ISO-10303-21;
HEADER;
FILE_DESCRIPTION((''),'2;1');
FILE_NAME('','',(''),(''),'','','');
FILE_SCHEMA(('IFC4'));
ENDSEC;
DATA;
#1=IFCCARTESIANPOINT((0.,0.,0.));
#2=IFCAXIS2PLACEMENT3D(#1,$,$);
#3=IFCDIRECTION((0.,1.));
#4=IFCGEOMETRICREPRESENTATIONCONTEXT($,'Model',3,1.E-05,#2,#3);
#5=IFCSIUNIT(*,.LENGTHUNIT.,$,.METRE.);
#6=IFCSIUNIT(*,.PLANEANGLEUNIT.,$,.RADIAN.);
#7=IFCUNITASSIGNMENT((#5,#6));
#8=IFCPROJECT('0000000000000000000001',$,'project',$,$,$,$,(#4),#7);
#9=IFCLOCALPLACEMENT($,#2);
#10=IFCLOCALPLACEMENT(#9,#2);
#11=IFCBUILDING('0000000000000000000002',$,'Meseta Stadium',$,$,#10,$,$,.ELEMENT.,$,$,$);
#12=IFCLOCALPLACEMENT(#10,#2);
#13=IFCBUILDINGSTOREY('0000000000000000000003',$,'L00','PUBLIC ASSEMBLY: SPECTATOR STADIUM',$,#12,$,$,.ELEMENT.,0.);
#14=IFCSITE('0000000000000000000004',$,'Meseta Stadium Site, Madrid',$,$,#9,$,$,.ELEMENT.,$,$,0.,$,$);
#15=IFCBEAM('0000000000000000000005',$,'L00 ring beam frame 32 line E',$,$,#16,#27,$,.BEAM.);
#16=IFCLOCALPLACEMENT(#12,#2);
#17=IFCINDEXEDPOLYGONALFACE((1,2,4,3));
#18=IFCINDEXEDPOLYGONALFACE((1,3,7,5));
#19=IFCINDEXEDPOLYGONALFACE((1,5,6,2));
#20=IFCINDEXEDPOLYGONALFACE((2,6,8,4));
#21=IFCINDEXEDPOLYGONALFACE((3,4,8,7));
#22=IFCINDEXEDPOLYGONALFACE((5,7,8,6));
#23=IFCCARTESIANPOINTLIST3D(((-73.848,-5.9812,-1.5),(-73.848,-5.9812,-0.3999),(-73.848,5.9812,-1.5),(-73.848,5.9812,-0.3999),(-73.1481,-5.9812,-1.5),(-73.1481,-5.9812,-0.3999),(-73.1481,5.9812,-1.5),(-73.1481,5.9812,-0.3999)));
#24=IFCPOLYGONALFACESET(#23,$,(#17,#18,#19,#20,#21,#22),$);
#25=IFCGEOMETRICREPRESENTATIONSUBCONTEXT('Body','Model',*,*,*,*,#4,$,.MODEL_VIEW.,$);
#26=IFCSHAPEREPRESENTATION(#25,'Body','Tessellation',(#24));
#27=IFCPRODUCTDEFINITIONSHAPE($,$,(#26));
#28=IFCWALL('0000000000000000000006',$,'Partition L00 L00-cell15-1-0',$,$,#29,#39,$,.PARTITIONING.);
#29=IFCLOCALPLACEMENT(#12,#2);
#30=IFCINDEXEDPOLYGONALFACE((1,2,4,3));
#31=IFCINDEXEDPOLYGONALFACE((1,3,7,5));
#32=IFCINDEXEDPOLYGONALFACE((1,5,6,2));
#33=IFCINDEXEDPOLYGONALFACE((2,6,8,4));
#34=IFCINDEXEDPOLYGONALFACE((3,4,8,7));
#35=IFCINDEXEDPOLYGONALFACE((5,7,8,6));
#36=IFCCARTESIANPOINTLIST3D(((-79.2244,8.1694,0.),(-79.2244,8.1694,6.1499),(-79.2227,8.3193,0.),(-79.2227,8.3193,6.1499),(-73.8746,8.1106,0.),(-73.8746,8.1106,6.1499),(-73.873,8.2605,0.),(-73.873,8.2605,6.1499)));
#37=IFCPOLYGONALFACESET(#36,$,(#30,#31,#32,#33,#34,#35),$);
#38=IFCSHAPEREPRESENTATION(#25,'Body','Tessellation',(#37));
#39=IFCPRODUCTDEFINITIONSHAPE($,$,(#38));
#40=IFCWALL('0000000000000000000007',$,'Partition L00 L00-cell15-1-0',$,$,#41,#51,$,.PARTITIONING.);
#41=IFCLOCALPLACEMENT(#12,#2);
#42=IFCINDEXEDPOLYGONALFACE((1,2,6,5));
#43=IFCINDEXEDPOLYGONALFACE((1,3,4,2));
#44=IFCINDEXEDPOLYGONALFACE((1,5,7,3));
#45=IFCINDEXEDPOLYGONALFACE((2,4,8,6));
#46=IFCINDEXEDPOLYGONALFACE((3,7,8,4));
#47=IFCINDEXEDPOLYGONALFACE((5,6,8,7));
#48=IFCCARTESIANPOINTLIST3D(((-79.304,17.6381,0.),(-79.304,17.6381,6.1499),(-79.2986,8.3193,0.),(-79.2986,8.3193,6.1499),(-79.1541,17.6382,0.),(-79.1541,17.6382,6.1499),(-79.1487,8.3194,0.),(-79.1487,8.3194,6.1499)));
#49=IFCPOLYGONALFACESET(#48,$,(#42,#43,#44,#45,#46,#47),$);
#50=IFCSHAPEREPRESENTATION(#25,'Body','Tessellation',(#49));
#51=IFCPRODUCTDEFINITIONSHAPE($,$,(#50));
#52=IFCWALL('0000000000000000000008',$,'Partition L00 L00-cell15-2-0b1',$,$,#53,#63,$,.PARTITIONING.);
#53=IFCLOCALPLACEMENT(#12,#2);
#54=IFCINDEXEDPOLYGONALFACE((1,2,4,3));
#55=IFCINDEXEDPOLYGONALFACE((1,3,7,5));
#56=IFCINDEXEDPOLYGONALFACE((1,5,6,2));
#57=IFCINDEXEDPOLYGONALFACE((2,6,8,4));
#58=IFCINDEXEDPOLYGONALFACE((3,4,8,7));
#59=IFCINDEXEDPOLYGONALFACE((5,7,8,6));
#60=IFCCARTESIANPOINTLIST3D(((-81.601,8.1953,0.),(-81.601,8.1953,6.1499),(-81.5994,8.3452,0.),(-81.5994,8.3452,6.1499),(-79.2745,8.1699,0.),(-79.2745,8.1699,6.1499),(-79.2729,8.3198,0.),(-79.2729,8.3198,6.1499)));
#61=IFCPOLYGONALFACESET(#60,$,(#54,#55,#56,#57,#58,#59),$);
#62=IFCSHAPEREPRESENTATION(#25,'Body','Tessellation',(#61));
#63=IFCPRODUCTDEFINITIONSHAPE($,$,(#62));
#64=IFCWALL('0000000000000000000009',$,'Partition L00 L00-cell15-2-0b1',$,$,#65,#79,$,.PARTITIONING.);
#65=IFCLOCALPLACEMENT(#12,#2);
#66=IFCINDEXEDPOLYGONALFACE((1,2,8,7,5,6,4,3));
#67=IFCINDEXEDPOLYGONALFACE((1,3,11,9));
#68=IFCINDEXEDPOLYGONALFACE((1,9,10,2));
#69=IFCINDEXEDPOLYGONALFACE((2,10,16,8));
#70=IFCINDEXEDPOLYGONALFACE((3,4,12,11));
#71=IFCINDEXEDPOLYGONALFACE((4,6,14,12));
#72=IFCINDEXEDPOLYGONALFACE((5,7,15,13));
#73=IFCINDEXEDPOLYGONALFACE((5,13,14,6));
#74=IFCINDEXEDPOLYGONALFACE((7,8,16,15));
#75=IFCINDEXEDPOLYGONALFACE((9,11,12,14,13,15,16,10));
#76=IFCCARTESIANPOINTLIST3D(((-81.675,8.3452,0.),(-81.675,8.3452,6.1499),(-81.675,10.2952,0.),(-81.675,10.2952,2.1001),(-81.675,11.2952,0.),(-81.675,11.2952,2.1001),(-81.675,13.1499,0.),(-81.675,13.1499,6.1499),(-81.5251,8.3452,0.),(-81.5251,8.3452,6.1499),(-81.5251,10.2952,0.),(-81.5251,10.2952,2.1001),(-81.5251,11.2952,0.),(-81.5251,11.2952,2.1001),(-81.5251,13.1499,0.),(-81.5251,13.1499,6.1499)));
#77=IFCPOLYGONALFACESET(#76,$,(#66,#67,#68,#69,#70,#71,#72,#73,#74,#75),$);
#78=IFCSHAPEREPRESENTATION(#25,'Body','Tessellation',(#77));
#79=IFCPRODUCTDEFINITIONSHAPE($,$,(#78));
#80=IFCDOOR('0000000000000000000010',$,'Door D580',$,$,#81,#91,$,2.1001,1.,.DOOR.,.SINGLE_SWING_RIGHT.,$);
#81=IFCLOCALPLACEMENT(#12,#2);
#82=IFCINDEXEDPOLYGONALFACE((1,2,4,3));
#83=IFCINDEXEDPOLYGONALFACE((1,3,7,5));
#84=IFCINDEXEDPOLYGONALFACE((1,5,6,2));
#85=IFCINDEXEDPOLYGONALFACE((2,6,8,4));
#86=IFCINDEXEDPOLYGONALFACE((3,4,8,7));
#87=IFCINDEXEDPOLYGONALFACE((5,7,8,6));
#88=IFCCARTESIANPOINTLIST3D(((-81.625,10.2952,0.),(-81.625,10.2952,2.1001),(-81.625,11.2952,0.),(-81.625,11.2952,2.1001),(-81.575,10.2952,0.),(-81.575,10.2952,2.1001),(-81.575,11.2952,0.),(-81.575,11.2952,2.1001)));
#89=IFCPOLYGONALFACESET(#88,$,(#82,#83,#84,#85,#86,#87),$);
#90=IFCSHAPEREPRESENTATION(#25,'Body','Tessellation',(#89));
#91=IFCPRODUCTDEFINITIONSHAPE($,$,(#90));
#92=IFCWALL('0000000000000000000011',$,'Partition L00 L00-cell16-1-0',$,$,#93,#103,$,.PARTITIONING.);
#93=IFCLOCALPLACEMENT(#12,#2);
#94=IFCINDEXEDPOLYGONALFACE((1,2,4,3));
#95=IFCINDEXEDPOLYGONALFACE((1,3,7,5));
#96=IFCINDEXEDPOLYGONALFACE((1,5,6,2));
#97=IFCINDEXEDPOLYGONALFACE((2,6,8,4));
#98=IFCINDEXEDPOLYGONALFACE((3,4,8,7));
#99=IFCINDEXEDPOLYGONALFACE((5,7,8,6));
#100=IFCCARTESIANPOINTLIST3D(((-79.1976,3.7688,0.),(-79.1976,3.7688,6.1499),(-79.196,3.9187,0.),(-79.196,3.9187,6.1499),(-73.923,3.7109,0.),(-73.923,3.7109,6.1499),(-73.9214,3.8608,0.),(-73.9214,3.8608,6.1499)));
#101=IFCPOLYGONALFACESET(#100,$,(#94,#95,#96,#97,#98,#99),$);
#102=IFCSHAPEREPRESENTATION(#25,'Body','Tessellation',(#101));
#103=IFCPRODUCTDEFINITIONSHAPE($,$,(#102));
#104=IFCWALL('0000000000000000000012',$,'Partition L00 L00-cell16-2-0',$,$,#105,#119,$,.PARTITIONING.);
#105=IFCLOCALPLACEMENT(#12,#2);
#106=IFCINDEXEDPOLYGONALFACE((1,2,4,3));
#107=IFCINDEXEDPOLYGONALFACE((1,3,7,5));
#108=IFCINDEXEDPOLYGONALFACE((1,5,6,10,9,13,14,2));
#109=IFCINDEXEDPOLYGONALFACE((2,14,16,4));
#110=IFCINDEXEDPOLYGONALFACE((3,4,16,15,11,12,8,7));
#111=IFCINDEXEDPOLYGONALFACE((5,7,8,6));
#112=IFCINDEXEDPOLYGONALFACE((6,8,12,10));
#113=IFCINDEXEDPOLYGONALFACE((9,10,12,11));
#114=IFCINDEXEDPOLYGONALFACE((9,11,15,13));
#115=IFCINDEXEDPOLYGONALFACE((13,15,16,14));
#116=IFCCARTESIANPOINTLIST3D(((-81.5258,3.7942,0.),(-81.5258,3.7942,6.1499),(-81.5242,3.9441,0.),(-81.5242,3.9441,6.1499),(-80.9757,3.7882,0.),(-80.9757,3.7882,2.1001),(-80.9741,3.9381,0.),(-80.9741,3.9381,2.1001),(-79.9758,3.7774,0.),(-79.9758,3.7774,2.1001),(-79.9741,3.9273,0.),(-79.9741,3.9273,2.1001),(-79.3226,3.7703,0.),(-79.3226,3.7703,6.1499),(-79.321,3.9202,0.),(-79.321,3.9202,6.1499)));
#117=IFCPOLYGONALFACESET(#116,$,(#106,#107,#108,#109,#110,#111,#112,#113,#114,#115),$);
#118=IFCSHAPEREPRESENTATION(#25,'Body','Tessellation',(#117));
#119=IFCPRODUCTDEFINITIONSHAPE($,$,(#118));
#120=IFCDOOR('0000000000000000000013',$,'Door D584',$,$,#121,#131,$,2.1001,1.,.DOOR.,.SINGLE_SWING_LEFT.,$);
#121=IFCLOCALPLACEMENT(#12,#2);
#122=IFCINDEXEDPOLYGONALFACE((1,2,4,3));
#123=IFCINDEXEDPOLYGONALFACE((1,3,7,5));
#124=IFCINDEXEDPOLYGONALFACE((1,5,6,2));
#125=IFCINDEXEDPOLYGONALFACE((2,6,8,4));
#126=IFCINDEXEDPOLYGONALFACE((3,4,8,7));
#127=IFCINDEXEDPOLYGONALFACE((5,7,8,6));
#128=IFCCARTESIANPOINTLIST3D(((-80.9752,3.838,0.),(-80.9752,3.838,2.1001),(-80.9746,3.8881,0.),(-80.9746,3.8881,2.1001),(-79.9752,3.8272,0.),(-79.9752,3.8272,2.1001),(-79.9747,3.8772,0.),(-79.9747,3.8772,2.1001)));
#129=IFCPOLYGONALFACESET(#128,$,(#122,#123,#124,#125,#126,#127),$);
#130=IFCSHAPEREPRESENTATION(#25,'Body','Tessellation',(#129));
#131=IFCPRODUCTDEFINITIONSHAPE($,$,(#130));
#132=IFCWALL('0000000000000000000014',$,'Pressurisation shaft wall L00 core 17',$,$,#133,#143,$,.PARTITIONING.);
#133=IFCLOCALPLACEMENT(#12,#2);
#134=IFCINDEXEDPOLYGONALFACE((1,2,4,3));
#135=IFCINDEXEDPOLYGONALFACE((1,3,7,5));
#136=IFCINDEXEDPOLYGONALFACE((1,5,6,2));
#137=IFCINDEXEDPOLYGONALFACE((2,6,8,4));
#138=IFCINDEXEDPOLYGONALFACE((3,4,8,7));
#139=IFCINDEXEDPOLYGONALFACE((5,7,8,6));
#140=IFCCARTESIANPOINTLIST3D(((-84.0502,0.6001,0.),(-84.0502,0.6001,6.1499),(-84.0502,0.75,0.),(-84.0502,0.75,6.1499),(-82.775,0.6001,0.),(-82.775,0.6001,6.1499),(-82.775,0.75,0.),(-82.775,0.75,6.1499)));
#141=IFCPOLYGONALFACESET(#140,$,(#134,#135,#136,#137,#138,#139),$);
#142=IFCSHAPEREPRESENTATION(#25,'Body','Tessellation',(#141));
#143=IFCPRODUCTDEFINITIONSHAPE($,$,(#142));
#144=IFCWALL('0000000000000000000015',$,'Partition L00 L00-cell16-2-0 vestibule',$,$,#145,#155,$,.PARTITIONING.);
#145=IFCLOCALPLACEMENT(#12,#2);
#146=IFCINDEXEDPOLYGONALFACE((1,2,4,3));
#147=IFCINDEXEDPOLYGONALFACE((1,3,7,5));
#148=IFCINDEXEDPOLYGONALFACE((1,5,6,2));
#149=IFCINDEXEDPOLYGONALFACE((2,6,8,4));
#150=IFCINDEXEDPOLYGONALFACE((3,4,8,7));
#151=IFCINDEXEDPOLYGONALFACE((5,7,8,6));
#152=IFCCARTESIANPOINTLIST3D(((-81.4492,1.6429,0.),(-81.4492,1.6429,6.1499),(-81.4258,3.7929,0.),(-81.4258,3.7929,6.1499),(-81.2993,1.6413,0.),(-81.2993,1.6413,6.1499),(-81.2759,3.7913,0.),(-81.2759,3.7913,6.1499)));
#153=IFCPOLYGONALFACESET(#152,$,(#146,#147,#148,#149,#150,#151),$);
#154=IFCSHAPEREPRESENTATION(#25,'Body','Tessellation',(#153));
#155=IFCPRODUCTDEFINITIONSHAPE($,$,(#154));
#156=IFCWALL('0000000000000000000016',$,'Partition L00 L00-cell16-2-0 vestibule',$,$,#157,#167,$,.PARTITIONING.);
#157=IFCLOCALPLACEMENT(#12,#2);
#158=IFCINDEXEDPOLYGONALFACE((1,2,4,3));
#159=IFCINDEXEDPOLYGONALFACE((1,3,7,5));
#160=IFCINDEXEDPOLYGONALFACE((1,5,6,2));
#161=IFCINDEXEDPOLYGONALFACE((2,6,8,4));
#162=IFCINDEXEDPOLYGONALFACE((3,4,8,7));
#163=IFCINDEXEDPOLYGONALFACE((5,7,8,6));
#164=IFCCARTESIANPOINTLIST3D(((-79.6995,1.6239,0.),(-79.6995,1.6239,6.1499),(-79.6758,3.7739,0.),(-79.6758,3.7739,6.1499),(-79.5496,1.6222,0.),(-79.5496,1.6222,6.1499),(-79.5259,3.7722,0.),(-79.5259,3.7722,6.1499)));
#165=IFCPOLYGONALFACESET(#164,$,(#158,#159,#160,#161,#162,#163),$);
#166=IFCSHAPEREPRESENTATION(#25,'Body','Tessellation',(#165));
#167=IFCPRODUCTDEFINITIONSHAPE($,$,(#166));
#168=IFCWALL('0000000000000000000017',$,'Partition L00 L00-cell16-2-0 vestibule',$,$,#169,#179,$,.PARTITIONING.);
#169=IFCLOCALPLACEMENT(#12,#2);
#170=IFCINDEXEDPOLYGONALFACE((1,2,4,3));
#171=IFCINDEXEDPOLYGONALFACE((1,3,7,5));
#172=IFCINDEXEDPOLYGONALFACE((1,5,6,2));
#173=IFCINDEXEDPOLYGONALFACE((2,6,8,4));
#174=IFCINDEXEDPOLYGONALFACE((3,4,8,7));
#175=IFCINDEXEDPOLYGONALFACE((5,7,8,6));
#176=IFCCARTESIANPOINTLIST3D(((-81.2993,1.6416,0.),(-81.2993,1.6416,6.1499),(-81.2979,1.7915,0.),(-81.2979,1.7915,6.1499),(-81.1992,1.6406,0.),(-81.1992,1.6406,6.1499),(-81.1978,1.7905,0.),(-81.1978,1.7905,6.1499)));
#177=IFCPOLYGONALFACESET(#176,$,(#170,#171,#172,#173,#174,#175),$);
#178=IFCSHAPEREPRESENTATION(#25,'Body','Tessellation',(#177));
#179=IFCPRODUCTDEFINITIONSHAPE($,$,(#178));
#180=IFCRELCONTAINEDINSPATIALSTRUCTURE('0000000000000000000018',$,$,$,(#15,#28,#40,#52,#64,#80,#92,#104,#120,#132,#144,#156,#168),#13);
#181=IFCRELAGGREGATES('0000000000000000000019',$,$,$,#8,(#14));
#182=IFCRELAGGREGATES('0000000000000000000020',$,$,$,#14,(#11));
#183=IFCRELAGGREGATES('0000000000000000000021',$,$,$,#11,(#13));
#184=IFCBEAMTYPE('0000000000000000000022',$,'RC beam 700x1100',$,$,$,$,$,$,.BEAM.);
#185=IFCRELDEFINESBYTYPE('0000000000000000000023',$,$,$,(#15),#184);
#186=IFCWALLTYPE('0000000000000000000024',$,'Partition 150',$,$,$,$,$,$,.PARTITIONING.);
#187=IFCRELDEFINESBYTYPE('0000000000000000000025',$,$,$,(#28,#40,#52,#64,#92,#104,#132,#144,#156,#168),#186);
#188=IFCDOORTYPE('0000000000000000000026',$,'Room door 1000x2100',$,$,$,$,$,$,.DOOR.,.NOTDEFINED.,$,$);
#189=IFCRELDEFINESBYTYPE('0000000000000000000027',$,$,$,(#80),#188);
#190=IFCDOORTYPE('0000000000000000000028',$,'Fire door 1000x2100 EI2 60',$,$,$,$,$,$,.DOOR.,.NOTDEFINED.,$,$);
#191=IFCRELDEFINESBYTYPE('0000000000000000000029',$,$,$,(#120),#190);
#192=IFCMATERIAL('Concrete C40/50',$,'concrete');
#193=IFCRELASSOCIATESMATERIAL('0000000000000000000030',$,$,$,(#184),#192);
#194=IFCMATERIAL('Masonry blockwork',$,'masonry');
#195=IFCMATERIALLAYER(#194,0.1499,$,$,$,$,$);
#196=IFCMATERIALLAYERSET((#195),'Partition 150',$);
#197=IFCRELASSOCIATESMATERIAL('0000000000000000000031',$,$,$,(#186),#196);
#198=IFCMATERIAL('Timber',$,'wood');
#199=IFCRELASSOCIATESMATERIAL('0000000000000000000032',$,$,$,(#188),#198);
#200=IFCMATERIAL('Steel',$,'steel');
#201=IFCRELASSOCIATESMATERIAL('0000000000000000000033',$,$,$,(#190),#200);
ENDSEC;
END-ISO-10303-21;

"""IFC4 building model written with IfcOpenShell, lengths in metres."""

from ifc_helpers import new_model, si_unit, direction, frame, frame_2d, origin, origin_2d, place, context, subcontext, project, spatial, rectangle, extrude, material, layer, layer_set, material_profile, profile_set, type_object, element, fill, save


model = new_model("IFC4")

# Units and contexts
model_context = context("Model", 3, precision=1e-05, world=origin(), true_north=direction((0.0, 1.0)))
body_context = subcontext(model_context, "Body", "Model", "MODEL_VIEW")
ifc_project = project(units=[si_unit("LENGTHUNIT", "METRE"), si_unit("PLANEANGLEUNIT", "RADIAN")], contexts=[model_context])

# Site, building, storey
site_placement = place(None, origin())
site = spatial("IfcSite", under=ifc_project, at=site_placement, Name="Meseta Stadium Site, Madrid", CompositionType="ELEMENT", RefElevation=0.0)
building_placement = place(site_placement, origin())
building = spatial("IfcBuilding", under=site, at=building_placement, Name="Meseta Stadium", CompositionType="ELEMENT")
storey_placement = place(building_placement, origin())
storey = spatial("IfcBuildingStorey", under=building, at=storey_placement, Name="L00", Description="PUBLIC ASSEMBLY: SPECTATOR STADIUM", CompositionType="ELEMENT", Elevation=0.0)

# Beam
ifc_material_1 = material(Name="Concrete C40/50", Category="concrete")
ifc_material_profile = material_profile(ifc_material_1, rectangle(XDim=0.7, YDim=1.1001, at=origin_2d()), Name="RC 700x1100")
ifc_profile_set = profile_set([ifc_material_profile], Name="Concrete C40/50")
beam_type = type_object("IfcBeamType", Name="RC beam 700x1100", PredefinedType="BEAM", material=ifc_profile_set)
beam_placement = place(storey_placement, frame((-73.498, 5.9812, -0.95), z_axis=(0.0, -1.0, 0.0), x_axis=(1.0, 0.0, 0.0)))
element("IfcBeam", 1, at=beam_placement, inside=storey, type_object=beam_type, Name="L00 ring beam frame 32 line E", PredefinedType="BEAM", context=body_context, shape_type="SweptSolid", body=[
    extrude(rectangle(XDim=0.7, YDim=1.1001, at=origin_2d()), origin(), (0.0, 0.0, 1.0), 11.9624),
])

# Walls
ifc_material_2 = material(Name="Masonry blockwork", Category="masonry")
ifc_layer = layer(ifc_material_2, 0.1499)
ifc_layer_set = layer_set([ifc_layer], Name="Partition 150")
wall_type = type_object("IfcWallType", Name="Partition 150", PredefinedType="PARTITIONING", material=ifc_layer_set)
wall_1_placement = place(storey_placement, frame((-73.8738, 8.1855, 0.0), z_axis=(0.0, 0.0, 1.0), x_axis=(-0.99994, 0.010997, 0.0)))
element("IfcWall", 2, at=wall_1_placement, inside=storey, type_object=wall_type, Name="Partition L00 L00-cell15-1-0", PredefinedType="PARTITIONING", context=body_context, shape_type="SweptSolid", body=[
    extrude(rectangle(XDim=5.3501, YDim=0.1499, at=frame_2d((2.675, 0.0))), origin(), (0.0, 0.0, 1.0), 6.1499),
])
wall_2_placement = place(storey_placement, frame((-79.2236, 8.3193, 0.0), z_axis=(0.0, 0.0, 1.0), x_axis=(-0.000576, 1.0, 0.0)))
element("IfcWall", 3, at=wall_2_placement, inside=storey, type_object=wall_type, Name="Partition L00 L00-cell15-1-0", PredefinedType="PARTITIONING", context=body_context, shape_type="SweptSolid", body=[
    extrude(rectangle(XDim=9.3188, YDim=0.1499, at=frame_2d((4.6594, 0.0))), origin(), (0.0, 0.0, 1.0), 6.1499),
])
wall_3_placement = place(storey_placement, frame((-79.2737, 8.2449, 0.0), z_axis=(0.0, 0.0, 1.0), x_axis=(-0.99994, 0.010913, 0.0)))
element("IfcWall", 4, at=wall_3_placement, inside=storey, type_object=wall_type, Name="Partition L00 L00-cell15-2-0b1", PredefinedType="PARTITIONING", context=body_context, shape_type="SweptSolid", body=[
    extrude(rectangle(XDim=2.3267, YDim=0.1499, at=frame_2d((1.1633, 0.0))), origin(), (0.0, 0.0, 1.0), 6.1499),
])

# Wall, opening, door
wall_4_placement = place(storey_placement, frame((-81.6001, 8.3452, 0.0), z_axis=(0.0, 0.0, 1.0), x_axis=(0.0, 1.0, 0.0)))
wall_4 = element("IfcWall", 5, at=wall_4_placement, inside=storey, type_object=wall_type, Name="Partition L00 L00-cell15-2-0b1", PredefinedType="PARTITIONING", context=body_context, shape_type="SweptSolid", body=[
    extrude(rectangle(XDim=4.8047, YDim=0.1499, at=frame_2d((2.4023, 0.0))), origin(), (0.0, 0.0, 1.0), 6.1499),
])
opening_1_placement = place(wall_4_placement, frame((1.95, 0.0, 0.0)))
opening_1 = element("IfcOpeningElement", 6, at=opening_1_placement, cuts=wall_4, PredefinedType="OPENING", context=body_context, shape_type="SweptSolid", body=[
    extrude(rectangle(XDim=1.0, YDim=2.1001, at=frame_2d((0.5, 1.05))), frame((0.0, 0.085, 0.0), z_axis=(0.0, -1.0, 0.0), x_axis=(1.0, 0.0, 0.0)), (0.0, 0.0, 1.0), 0.1699),
])
ifc_material_3 = material(Name="Timber", Category="wood")
door_type_1 = type_object("IfcDoorType", Name="Room door 1000x2100", OperationType="NOTDEFINED", PredefinedType="DOOR", material=ifc_material_3)
door_1_placement = place(opening_1_placement, origin())
door_1 = element("IfcDoor", 7, at=door_1_placement, inside=storey, type_object=door_type_1, Name="Door D580", OperationType="SINGLE_SWING_RIGHT", OverallHeight=2.1001, OverallWidth=1.0, PredefinedType="DOOR", context=body_context, shape_type="SweptSolid", body=[
    extrude(rectangle(XDim=1.0, YDim=2.1001, at=frame_2d((0.5, 1.05))), frame((0.0, 0.0249, 0.0), z_axis=(0.0, -1.0, 0.0), x_axis=(1.0, 0.0, 0.0)), (0.0, 0.0, 1.0), 0.05),
])
fill(opening_1, door_1)

# Wall
wall_5_placement = place(storey_placement, frame((-79.1968, 3.8438, 0.0), z_axis=(0.0, 0.0, 1.0), x_axis=(0.99994, -0.010969, 0.0)))
element("IfcWall", 8, at=wall_5_placement, inside=storey, type_object=wall_type, Name="Partition L00 L00-cell16-1-0", PredefinedType="PARTITIONING", context=body_context, shape_type="SweptSolid", body=[
    extrude(rectangle(XDim=5.2749, YDim=0.1499, at=frame_2d((2.6375, 0.0))), origin(), (0.0, 0.0, 1.0), 6.1499),
])

# Wall, opening, door
wall_6_placement = place(storey_placement, frame((-81.5249, 3.8691, 0.0), z_axis=(0.0, 0.0, 1.0), x_axis=(0.999941, -0.010859, 0.0)))
wall_6 = element("IfcWall", 9, at=wall_6_placement, inside=storey, type_object=wall_type, Name="Partition L00 L00-cell16-2-0", PredefinedType="PARTITIONING", context=body_context, shape_type="SweptSolid", body=[
    extrude(rectangle(XDim=2.2034, YDim=0.1499, at=frame_2d((1.1016, 0.0))), origin(), (0.0, 0.0, 1.0), 6.1499),
])
opening_2_placement = place(wall_6_placement, frame((0.55, 0.0, 0.0)))
opening_2 = element("IfcOpeningElement", 10, at=opening_2_placement, cuts=wall_6, PredefinedType="OPENING", context=body_context, shape_type="SweptSolid", body=[
    extrude(rectangle(XDim=1.0, YDim=2.1001, at=frame_2d((0.5, 1.05))), frame((0.0, 0.085, 0.0), z_axis=(0.0, -1.0, 0.0), x_axis=(1.0, 0.0, 0.0)), (0.0, 0.0, 1.0), 0.1699),
])
ifc_material_4 = material(Name="Steel", Category="steel")
door_type_2 = type_object("IfcDoorType", Name="Fire door 1000x2100 EI2 60", OperationType="NOTDEFINED", PredefinedType="DOOR", material=ifc_material_4)
door_2_placement = place(opening_2_placement, origin())
door_2 = element("IfcDoor", 11, at=door_2_placement, inside=storey, type_object=door_type_2, Name="Door D584", OperationType="SINGLE_SWING_LEFT", OverallHeight=2.1001, OverallWidth=1.0, PredefinedType="DOOR", context=body_context, shape_type="SweptSolid", body=[
    extrude(rectangle(XDim=1.0, YDim=2.1001, at=frame_2d((0.5, 1.05))), frame((0.0, 0.0249, 0.0), z_axis=(0.0, -1.0, 0.0), x_axis=(1.0, 0.0, 0.0)), (0.0, 0.0, 1.0), 0.05),
])
fill(opening_2, door_2)

# Walls
wall_7_placement = place(storey_placement, frame((-82.7749, 0.675, 0.0), z_axis=(0.0, 0.0, 1.0), x_axis=(-1.0, 0.0, 0.0)))
element("IfcWall", 12, at=wall_7_placement, inside=storey, type_object=wall_type, Name="Pressurisation shaft wall L00 core 17", PredefinedType="PARTITIONING", context=body_context, shape_type="SweptSolid", body=[
    extrude(rectangle(XDim=1.2751, YDim=0.1499, at=frame_2d((0.6377, 0.0))), origin(), (0.0, 0.0, 1.0), 6.1499),
])
for number, where, z_axis, x_axis, name in (
    (13, (-81.3508, 3.7922, 0.0), (0.0, 0.0, 1.0), (-0.010901, -0.999941, 0.0), "Partition L00 L00-cell16-2-0 vestibule"),
    (14, (-79.6008, 3.7732, 0.0), (0.0, 0.0, 1.0), (-0.011015, -0.999939, 0.0), "Partition L00 L00-cell16-2-0 vestibule"),
):
    element("IfcWall", number, at=place(storey_placement, frame(where, z_axis=z_axis, x_axis=x_axis)), inside=storey, type_object=wall_type, Name=name, PredefinedType="PARTITIONING", context=body_context, shape_type="SweptSolid", body=[
        extrude(rectangle(XDim=2.1501, YDim=0.1499, at=frame_2d((1.0752, 0.0))), origin(), (0.0, 0.0, 1.0), 6.1499),
    ])
wall_8_placement = place(storey_placement, frame((-81.2986, 1.7166, 0.0), z_axis=(0.0, 0.0, 1.0), x_axis=(0.999952, -0.009756, 0.0)))
element("IfcWall", 15, at=wall_8_placement, inside=storey, type_object=wall_type, Name="Partition L00 L00-cell16-2-0 vestibule", PredefinedType="PARTITIONING", context=body_context, shape_type="SweptSolid", body=[
    extrude(rectangle(XDim=0.1001, YDim=0.1499, at=frame_2d((0.05, 0.0))), origin(), (0.0, 0.0, 1.0), 6.1499),
])

save(model, "model.ifc")
